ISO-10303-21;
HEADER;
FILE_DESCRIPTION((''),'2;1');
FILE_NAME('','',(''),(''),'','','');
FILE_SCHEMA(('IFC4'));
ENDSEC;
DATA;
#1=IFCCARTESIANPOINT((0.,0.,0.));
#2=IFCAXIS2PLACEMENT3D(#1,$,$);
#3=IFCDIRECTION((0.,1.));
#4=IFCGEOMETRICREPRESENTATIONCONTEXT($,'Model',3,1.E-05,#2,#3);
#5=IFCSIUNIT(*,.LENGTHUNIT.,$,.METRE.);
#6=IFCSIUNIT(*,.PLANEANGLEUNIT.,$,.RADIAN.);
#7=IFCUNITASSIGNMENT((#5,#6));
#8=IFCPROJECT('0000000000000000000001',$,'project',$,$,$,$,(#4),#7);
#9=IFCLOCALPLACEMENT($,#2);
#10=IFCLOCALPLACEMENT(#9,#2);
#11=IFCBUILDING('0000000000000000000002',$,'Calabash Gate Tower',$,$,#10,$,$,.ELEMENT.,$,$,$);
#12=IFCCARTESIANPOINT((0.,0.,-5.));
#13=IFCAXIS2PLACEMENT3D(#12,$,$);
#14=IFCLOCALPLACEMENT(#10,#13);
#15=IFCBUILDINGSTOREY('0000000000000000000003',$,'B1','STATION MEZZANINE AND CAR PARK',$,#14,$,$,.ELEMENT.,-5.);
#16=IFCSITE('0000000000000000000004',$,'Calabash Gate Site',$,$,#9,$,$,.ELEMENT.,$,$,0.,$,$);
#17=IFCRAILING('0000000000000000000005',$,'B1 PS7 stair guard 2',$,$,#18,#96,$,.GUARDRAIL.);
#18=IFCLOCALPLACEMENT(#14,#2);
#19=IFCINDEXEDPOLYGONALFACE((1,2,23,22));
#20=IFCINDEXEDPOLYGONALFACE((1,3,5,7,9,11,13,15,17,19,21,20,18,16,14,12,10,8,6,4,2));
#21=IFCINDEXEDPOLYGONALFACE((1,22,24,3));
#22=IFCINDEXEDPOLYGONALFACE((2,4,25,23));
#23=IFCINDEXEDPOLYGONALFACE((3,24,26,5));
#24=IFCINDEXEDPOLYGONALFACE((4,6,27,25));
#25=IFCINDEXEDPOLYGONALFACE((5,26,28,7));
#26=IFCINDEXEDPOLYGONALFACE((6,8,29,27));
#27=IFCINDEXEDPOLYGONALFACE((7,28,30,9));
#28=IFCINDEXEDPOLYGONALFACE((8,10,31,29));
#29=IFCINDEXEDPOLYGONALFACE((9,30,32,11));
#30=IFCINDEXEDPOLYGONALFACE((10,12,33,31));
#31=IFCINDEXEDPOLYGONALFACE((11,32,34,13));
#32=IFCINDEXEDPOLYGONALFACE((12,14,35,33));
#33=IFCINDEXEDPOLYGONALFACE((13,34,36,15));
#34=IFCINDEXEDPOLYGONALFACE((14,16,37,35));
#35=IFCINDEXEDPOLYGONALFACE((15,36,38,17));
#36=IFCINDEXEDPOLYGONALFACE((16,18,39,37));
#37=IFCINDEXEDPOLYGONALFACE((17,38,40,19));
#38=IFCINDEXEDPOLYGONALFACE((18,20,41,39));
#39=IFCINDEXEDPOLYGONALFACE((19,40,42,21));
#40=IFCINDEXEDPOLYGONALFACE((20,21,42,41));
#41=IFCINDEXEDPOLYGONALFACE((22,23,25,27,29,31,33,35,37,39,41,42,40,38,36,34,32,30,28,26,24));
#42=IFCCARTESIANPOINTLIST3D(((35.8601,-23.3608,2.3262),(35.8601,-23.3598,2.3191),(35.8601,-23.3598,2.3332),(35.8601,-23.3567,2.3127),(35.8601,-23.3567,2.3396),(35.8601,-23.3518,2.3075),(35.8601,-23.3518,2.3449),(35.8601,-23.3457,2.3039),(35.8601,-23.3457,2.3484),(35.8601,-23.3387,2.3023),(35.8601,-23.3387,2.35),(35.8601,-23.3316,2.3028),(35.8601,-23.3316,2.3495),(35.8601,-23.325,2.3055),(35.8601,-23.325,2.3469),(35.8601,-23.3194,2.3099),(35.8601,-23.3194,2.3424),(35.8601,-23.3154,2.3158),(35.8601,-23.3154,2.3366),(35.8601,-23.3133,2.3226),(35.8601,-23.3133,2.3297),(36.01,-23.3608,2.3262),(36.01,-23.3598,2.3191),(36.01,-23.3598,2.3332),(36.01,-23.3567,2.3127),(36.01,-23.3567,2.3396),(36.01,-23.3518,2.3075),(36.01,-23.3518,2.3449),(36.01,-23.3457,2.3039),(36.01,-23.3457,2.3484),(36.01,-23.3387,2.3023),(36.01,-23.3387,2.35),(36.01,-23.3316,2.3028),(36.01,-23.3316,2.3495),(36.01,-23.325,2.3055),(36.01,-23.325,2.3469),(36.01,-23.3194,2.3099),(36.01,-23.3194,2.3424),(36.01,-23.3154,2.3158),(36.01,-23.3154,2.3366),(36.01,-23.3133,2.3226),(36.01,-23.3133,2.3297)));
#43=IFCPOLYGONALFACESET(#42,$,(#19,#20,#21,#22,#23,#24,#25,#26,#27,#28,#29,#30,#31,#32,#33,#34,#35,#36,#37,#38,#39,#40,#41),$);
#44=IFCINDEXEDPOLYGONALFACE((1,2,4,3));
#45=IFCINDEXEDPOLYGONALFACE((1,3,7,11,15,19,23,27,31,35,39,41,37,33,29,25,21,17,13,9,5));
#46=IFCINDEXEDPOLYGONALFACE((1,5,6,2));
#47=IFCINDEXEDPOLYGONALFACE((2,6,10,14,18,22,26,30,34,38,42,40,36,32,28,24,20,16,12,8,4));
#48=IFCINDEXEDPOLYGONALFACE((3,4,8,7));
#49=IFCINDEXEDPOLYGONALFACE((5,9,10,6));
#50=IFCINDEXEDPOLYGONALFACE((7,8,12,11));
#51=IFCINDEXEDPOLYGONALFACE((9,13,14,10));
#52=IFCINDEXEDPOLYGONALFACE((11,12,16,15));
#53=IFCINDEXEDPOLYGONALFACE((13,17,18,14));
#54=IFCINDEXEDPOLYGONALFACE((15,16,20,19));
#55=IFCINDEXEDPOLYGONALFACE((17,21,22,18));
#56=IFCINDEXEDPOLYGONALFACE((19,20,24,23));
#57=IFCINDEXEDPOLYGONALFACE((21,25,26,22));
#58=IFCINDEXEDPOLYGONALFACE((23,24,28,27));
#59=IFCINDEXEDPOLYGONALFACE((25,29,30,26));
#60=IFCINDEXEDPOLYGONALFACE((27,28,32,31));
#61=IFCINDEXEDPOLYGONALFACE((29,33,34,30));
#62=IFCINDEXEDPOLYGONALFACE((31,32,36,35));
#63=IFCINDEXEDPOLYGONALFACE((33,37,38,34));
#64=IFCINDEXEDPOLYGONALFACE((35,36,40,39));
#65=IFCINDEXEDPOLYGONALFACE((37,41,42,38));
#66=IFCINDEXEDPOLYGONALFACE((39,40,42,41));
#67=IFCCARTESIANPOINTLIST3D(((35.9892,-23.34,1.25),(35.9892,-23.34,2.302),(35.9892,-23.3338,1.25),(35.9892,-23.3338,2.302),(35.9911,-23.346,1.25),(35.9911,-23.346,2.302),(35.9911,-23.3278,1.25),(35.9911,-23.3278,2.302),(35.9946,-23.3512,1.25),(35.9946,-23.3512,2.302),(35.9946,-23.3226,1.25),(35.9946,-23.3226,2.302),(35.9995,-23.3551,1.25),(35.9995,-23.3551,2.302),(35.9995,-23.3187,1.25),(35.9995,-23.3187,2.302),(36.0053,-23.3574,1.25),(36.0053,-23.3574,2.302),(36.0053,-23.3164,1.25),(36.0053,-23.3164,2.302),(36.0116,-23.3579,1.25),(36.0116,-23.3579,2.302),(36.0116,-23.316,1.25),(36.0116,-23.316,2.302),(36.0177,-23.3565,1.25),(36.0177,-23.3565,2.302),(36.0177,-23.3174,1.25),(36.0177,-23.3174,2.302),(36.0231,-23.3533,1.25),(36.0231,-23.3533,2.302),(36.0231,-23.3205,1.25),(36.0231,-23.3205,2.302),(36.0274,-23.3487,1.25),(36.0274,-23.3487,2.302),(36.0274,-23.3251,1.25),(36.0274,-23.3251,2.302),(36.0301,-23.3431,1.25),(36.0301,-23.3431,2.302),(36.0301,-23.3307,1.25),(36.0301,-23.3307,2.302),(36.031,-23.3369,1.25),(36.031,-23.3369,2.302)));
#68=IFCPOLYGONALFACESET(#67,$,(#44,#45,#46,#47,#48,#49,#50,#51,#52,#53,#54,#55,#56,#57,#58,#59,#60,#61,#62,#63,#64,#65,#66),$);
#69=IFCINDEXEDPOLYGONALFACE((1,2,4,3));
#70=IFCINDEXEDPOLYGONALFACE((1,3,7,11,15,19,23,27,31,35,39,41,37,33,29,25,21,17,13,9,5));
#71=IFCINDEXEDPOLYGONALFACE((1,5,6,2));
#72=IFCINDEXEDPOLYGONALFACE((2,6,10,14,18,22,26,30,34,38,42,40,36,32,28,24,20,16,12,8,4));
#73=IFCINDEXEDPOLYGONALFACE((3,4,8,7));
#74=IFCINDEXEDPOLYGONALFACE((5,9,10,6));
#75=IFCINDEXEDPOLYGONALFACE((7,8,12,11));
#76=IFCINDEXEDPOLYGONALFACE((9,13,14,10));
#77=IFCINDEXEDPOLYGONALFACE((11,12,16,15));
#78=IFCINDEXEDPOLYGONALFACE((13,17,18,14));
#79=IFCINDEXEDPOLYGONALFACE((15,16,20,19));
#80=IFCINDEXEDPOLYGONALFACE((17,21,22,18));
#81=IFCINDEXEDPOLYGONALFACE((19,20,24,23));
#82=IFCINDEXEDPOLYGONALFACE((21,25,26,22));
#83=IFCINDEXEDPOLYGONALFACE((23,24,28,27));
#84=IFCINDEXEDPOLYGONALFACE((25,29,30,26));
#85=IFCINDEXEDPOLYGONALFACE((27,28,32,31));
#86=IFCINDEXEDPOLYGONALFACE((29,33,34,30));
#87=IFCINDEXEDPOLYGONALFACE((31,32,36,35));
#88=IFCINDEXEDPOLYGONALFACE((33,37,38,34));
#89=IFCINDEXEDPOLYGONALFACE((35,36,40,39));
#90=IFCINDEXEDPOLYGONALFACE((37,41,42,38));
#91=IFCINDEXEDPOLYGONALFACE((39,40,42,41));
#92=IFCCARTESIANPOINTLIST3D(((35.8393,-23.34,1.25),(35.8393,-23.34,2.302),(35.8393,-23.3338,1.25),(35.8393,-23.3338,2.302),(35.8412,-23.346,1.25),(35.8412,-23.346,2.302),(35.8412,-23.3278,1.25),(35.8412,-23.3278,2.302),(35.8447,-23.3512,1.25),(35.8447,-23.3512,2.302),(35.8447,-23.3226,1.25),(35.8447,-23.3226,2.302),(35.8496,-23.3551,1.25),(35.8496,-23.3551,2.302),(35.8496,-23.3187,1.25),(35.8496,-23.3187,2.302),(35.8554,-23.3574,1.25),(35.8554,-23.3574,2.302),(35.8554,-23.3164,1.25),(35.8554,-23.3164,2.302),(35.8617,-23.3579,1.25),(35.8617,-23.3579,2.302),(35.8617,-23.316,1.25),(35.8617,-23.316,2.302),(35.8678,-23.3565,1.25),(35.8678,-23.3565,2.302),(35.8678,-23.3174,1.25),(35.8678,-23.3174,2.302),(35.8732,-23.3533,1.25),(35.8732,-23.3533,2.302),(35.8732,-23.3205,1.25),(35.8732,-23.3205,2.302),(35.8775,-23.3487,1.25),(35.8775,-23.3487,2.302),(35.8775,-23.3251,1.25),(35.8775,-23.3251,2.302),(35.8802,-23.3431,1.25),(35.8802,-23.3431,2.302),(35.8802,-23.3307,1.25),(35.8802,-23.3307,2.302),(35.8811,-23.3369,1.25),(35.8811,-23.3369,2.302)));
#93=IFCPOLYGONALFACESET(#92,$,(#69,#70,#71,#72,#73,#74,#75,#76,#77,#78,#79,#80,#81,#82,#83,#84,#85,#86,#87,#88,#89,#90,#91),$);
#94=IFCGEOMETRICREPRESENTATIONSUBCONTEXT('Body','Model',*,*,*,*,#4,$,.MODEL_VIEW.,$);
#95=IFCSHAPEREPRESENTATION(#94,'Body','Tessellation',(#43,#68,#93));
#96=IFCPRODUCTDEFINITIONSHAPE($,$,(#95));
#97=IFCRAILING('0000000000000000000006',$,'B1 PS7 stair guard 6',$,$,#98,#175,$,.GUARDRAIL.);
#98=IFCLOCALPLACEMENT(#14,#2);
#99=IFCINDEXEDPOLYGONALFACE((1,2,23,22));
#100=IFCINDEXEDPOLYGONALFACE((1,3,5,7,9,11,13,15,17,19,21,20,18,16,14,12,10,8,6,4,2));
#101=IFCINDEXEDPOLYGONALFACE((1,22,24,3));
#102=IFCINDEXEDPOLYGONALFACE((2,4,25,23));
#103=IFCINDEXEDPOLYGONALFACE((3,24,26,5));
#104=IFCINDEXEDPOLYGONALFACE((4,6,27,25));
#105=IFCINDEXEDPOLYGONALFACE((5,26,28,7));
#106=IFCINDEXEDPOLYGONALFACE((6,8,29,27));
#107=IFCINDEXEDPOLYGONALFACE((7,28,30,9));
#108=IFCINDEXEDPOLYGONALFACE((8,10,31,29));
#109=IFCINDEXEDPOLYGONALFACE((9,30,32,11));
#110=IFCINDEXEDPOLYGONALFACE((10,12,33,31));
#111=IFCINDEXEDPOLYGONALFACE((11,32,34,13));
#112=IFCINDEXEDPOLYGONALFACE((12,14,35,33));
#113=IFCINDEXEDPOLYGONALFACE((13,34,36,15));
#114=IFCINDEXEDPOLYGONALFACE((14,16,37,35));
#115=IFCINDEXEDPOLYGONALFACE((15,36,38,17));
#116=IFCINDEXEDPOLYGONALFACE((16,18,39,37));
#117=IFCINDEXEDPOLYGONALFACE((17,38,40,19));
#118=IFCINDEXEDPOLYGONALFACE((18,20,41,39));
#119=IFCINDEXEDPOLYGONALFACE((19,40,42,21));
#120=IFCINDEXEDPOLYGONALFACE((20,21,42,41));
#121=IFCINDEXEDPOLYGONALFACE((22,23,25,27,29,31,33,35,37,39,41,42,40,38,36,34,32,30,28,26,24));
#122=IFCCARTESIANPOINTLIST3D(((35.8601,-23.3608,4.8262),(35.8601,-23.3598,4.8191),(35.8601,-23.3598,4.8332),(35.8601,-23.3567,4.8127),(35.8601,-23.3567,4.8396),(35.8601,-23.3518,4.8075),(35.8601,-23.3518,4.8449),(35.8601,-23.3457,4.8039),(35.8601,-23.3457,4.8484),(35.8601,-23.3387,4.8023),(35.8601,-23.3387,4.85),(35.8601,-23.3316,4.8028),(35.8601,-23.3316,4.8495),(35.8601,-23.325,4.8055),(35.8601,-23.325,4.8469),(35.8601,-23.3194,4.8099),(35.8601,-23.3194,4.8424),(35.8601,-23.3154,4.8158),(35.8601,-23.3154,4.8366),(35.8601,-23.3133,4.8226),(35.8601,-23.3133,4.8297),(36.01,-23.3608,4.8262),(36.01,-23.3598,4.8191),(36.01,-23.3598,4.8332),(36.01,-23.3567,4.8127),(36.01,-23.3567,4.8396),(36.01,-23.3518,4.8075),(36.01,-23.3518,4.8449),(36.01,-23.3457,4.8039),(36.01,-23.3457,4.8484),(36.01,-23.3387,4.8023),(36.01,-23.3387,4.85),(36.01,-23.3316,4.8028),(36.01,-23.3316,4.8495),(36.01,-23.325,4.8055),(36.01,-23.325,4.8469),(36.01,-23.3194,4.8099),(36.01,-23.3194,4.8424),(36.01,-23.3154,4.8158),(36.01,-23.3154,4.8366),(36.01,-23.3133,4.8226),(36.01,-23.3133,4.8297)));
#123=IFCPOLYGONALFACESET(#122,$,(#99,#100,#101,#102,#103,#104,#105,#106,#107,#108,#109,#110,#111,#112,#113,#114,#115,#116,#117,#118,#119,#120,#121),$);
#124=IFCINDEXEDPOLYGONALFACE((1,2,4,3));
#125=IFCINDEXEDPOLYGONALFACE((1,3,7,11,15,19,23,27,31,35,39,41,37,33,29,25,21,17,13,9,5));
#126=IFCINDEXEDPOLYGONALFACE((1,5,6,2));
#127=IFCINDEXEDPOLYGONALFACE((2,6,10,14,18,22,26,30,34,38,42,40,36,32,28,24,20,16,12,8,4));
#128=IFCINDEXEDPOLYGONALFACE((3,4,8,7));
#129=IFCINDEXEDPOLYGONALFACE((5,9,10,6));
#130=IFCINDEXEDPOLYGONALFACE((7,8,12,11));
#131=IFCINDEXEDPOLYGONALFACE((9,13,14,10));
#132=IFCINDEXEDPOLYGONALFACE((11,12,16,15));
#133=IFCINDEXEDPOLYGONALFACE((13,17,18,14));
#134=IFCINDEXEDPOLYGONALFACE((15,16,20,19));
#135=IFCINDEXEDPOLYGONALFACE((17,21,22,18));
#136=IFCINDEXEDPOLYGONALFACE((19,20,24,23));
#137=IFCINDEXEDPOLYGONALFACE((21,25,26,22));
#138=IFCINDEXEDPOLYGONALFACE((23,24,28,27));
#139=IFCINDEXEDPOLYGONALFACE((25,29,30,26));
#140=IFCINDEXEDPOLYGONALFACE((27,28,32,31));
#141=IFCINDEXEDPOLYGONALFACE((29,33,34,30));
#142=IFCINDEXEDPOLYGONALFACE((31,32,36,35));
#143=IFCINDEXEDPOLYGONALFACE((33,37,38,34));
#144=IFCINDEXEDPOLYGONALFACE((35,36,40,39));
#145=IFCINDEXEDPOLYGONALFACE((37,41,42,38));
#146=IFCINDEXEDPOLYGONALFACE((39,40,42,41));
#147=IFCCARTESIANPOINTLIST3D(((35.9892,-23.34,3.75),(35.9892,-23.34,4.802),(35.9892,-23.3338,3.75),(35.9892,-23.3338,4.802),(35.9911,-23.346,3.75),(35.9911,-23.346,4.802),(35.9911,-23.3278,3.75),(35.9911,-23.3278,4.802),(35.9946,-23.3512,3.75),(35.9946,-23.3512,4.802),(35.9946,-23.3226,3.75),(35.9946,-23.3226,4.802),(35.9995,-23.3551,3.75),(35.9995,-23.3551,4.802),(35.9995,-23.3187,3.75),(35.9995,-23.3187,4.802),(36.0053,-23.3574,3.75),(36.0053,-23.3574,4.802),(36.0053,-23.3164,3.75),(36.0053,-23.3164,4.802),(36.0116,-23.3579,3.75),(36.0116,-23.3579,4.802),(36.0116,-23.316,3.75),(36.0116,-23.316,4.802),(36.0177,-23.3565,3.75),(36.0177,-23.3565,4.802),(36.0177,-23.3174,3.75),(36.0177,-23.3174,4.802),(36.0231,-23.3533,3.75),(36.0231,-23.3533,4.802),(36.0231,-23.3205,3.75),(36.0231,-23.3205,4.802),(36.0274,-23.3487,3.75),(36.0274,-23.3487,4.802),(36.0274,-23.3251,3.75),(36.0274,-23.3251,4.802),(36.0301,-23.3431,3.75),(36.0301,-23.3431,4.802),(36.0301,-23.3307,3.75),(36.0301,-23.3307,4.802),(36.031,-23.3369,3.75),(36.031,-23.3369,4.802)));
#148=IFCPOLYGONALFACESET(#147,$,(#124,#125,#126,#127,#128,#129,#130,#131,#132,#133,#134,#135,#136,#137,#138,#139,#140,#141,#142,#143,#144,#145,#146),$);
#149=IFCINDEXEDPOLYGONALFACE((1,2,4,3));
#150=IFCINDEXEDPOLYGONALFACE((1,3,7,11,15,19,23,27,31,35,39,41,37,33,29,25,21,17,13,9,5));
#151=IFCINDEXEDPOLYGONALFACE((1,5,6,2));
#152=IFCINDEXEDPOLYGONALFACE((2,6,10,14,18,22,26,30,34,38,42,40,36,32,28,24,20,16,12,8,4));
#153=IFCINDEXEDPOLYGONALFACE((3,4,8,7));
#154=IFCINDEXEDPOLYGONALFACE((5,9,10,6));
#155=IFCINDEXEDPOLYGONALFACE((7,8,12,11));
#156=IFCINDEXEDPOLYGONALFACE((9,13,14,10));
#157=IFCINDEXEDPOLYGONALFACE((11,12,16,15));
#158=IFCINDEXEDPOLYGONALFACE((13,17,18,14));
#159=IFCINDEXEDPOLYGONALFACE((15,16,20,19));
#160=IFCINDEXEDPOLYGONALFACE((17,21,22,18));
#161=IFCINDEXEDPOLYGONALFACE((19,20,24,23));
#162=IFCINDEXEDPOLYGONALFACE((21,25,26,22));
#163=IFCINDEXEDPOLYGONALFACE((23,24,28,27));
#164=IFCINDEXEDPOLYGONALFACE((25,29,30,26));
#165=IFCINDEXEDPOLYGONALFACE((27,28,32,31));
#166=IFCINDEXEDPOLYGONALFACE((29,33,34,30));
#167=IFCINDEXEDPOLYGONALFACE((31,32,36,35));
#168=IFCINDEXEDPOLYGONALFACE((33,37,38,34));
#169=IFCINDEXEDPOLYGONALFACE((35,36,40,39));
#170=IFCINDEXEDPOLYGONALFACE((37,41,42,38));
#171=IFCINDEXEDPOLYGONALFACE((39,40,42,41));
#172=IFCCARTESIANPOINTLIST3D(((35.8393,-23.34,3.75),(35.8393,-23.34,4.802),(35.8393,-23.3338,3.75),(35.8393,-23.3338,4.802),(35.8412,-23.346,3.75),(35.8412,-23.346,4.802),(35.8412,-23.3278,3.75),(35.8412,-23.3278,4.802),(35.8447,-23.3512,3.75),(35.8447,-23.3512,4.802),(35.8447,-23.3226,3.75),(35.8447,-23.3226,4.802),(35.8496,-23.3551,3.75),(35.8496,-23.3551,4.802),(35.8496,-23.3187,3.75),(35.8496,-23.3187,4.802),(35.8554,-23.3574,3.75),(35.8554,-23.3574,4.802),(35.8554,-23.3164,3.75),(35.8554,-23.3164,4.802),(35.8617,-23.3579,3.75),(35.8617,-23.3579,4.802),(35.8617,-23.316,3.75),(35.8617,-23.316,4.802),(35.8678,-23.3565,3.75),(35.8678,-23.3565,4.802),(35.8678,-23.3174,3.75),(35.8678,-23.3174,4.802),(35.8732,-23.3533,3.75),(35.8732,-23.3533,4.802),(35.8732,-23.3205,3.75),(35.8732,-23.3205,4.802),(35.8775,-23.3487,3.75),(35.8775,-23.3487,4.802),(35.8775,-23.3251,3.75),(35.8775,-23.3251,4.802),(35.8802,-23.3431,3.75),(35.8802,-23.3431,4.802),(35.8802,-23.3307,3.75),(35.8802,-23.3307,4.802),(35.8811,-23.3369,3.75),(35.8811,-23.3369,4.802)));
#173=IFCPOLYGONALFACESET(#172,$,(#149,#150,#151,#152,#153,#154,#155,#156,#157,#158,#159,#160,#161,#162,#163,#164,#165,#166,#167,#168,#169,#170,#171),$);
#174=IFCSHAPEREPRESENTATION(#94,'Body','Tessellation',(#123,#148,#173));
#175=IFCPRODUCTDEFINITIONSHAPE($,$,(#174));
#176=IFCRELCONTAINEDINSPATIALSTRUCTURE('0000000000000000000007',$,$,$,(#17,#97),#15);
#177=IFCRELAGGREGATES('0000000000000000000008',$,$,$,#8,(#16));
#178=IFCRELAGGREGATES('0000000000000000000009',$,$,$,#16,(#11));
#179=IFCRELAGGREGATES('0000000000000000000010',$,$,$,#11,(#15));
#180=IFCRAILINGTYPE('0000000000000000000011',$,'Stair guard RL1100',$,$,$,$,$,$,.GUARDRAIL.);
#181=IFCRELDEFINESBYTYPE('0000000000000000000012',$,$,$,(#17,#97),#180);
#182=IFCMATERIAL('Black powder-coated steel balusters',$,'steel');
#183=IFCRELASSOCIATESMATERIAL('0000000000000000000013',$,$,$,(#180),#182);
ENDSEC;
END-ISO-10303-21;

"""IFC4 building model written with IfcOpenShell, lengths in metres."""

from ifc_helpers import new_model, si_unit, direction, frame, origin, origin_2d, place, context, subcontext, project, spatial, circle, extrude, material, type_object, element, save


model = new_model("IFC4")

# Units and contexts
model_context = context("Model", 3, precision=1e-05, world=origin(), true_north=direction((0.0, 1.0)))
body_context = subcontext(model_context, "Body", "Model", "MODEL_VIEW")
ifc_project = project(units=[si_unit("LENGTHUNIT", "METRE"), si_unit("PLANEANGLEUNIT", "RADIAN")], contexts=[model_context])

# Site, building, storey
site_placement = place(None, origin())
site = spatial("IfcSite", under=ifc_project, at=site_placement, Name="Calabash Gate Site", CompositionType="ELEMENT", RefElevation=0.0)
building_placement = place(site_placement, origin())
building = spatial("IfcBuilding", under=site, at=building_placement, Name="Calabash Gate Tower", CompositionType="ELEMENT")
storey_placement = place(building_placement, frame((0.0, 0.0, -5.0)))
storey = spatial("IfcBuildingStorey", under=building, at=storey_placement, Name="B1", Description="STATION MEZZANINE AND CAR PARK", CompositionType="ELEMENT", Elevation=-5.0)

# Railings
ifc_material_1 = material(Name="Black powder-coated steel balusters", Category="steel")
railing_type = type_object("IfcRailingType", Name="Stair guard RL1100", PredefinedType="GUARDRAIL", material=ifc_material_1)
for number, where, name in (
    (1, (36.01, -23.3369, 1.25), "B1 PS7 stair guard 2"),
    (2, (36.01, -23.3369, 3.75), "B1 PS7 stair guard 6"),
):
    element("IfcRailing", number, at=place(storey_placement, frame(where)), inside=storey, type_object=railing_type, Name=name, PredefinedType="GUARDRAIL", context=body_context, shape_type="SweptSolid", body=[
        extrude(circle(Radius=0.0239, at=origin_2d()), frame((0.0, 0.0, 1.0762), z_axis=(-1.0, 0.0, 0.0), x_axis=(0.0, -1.0, 0.0)), (0.0, 0.0, 1.0), 0.1499),
        extrude(circle(Radius=0.021, at=origin_2d()), origin(), (0.0, 0.0, 1.0), 1.052),
        extrude(circle(Radius=0.021, at=origin_2d()), frame((-0.1499, 0.0, 0.0)), (0.0, 0.0, 1.0), 1.052),
    ])

save(model, "model.ifc")
